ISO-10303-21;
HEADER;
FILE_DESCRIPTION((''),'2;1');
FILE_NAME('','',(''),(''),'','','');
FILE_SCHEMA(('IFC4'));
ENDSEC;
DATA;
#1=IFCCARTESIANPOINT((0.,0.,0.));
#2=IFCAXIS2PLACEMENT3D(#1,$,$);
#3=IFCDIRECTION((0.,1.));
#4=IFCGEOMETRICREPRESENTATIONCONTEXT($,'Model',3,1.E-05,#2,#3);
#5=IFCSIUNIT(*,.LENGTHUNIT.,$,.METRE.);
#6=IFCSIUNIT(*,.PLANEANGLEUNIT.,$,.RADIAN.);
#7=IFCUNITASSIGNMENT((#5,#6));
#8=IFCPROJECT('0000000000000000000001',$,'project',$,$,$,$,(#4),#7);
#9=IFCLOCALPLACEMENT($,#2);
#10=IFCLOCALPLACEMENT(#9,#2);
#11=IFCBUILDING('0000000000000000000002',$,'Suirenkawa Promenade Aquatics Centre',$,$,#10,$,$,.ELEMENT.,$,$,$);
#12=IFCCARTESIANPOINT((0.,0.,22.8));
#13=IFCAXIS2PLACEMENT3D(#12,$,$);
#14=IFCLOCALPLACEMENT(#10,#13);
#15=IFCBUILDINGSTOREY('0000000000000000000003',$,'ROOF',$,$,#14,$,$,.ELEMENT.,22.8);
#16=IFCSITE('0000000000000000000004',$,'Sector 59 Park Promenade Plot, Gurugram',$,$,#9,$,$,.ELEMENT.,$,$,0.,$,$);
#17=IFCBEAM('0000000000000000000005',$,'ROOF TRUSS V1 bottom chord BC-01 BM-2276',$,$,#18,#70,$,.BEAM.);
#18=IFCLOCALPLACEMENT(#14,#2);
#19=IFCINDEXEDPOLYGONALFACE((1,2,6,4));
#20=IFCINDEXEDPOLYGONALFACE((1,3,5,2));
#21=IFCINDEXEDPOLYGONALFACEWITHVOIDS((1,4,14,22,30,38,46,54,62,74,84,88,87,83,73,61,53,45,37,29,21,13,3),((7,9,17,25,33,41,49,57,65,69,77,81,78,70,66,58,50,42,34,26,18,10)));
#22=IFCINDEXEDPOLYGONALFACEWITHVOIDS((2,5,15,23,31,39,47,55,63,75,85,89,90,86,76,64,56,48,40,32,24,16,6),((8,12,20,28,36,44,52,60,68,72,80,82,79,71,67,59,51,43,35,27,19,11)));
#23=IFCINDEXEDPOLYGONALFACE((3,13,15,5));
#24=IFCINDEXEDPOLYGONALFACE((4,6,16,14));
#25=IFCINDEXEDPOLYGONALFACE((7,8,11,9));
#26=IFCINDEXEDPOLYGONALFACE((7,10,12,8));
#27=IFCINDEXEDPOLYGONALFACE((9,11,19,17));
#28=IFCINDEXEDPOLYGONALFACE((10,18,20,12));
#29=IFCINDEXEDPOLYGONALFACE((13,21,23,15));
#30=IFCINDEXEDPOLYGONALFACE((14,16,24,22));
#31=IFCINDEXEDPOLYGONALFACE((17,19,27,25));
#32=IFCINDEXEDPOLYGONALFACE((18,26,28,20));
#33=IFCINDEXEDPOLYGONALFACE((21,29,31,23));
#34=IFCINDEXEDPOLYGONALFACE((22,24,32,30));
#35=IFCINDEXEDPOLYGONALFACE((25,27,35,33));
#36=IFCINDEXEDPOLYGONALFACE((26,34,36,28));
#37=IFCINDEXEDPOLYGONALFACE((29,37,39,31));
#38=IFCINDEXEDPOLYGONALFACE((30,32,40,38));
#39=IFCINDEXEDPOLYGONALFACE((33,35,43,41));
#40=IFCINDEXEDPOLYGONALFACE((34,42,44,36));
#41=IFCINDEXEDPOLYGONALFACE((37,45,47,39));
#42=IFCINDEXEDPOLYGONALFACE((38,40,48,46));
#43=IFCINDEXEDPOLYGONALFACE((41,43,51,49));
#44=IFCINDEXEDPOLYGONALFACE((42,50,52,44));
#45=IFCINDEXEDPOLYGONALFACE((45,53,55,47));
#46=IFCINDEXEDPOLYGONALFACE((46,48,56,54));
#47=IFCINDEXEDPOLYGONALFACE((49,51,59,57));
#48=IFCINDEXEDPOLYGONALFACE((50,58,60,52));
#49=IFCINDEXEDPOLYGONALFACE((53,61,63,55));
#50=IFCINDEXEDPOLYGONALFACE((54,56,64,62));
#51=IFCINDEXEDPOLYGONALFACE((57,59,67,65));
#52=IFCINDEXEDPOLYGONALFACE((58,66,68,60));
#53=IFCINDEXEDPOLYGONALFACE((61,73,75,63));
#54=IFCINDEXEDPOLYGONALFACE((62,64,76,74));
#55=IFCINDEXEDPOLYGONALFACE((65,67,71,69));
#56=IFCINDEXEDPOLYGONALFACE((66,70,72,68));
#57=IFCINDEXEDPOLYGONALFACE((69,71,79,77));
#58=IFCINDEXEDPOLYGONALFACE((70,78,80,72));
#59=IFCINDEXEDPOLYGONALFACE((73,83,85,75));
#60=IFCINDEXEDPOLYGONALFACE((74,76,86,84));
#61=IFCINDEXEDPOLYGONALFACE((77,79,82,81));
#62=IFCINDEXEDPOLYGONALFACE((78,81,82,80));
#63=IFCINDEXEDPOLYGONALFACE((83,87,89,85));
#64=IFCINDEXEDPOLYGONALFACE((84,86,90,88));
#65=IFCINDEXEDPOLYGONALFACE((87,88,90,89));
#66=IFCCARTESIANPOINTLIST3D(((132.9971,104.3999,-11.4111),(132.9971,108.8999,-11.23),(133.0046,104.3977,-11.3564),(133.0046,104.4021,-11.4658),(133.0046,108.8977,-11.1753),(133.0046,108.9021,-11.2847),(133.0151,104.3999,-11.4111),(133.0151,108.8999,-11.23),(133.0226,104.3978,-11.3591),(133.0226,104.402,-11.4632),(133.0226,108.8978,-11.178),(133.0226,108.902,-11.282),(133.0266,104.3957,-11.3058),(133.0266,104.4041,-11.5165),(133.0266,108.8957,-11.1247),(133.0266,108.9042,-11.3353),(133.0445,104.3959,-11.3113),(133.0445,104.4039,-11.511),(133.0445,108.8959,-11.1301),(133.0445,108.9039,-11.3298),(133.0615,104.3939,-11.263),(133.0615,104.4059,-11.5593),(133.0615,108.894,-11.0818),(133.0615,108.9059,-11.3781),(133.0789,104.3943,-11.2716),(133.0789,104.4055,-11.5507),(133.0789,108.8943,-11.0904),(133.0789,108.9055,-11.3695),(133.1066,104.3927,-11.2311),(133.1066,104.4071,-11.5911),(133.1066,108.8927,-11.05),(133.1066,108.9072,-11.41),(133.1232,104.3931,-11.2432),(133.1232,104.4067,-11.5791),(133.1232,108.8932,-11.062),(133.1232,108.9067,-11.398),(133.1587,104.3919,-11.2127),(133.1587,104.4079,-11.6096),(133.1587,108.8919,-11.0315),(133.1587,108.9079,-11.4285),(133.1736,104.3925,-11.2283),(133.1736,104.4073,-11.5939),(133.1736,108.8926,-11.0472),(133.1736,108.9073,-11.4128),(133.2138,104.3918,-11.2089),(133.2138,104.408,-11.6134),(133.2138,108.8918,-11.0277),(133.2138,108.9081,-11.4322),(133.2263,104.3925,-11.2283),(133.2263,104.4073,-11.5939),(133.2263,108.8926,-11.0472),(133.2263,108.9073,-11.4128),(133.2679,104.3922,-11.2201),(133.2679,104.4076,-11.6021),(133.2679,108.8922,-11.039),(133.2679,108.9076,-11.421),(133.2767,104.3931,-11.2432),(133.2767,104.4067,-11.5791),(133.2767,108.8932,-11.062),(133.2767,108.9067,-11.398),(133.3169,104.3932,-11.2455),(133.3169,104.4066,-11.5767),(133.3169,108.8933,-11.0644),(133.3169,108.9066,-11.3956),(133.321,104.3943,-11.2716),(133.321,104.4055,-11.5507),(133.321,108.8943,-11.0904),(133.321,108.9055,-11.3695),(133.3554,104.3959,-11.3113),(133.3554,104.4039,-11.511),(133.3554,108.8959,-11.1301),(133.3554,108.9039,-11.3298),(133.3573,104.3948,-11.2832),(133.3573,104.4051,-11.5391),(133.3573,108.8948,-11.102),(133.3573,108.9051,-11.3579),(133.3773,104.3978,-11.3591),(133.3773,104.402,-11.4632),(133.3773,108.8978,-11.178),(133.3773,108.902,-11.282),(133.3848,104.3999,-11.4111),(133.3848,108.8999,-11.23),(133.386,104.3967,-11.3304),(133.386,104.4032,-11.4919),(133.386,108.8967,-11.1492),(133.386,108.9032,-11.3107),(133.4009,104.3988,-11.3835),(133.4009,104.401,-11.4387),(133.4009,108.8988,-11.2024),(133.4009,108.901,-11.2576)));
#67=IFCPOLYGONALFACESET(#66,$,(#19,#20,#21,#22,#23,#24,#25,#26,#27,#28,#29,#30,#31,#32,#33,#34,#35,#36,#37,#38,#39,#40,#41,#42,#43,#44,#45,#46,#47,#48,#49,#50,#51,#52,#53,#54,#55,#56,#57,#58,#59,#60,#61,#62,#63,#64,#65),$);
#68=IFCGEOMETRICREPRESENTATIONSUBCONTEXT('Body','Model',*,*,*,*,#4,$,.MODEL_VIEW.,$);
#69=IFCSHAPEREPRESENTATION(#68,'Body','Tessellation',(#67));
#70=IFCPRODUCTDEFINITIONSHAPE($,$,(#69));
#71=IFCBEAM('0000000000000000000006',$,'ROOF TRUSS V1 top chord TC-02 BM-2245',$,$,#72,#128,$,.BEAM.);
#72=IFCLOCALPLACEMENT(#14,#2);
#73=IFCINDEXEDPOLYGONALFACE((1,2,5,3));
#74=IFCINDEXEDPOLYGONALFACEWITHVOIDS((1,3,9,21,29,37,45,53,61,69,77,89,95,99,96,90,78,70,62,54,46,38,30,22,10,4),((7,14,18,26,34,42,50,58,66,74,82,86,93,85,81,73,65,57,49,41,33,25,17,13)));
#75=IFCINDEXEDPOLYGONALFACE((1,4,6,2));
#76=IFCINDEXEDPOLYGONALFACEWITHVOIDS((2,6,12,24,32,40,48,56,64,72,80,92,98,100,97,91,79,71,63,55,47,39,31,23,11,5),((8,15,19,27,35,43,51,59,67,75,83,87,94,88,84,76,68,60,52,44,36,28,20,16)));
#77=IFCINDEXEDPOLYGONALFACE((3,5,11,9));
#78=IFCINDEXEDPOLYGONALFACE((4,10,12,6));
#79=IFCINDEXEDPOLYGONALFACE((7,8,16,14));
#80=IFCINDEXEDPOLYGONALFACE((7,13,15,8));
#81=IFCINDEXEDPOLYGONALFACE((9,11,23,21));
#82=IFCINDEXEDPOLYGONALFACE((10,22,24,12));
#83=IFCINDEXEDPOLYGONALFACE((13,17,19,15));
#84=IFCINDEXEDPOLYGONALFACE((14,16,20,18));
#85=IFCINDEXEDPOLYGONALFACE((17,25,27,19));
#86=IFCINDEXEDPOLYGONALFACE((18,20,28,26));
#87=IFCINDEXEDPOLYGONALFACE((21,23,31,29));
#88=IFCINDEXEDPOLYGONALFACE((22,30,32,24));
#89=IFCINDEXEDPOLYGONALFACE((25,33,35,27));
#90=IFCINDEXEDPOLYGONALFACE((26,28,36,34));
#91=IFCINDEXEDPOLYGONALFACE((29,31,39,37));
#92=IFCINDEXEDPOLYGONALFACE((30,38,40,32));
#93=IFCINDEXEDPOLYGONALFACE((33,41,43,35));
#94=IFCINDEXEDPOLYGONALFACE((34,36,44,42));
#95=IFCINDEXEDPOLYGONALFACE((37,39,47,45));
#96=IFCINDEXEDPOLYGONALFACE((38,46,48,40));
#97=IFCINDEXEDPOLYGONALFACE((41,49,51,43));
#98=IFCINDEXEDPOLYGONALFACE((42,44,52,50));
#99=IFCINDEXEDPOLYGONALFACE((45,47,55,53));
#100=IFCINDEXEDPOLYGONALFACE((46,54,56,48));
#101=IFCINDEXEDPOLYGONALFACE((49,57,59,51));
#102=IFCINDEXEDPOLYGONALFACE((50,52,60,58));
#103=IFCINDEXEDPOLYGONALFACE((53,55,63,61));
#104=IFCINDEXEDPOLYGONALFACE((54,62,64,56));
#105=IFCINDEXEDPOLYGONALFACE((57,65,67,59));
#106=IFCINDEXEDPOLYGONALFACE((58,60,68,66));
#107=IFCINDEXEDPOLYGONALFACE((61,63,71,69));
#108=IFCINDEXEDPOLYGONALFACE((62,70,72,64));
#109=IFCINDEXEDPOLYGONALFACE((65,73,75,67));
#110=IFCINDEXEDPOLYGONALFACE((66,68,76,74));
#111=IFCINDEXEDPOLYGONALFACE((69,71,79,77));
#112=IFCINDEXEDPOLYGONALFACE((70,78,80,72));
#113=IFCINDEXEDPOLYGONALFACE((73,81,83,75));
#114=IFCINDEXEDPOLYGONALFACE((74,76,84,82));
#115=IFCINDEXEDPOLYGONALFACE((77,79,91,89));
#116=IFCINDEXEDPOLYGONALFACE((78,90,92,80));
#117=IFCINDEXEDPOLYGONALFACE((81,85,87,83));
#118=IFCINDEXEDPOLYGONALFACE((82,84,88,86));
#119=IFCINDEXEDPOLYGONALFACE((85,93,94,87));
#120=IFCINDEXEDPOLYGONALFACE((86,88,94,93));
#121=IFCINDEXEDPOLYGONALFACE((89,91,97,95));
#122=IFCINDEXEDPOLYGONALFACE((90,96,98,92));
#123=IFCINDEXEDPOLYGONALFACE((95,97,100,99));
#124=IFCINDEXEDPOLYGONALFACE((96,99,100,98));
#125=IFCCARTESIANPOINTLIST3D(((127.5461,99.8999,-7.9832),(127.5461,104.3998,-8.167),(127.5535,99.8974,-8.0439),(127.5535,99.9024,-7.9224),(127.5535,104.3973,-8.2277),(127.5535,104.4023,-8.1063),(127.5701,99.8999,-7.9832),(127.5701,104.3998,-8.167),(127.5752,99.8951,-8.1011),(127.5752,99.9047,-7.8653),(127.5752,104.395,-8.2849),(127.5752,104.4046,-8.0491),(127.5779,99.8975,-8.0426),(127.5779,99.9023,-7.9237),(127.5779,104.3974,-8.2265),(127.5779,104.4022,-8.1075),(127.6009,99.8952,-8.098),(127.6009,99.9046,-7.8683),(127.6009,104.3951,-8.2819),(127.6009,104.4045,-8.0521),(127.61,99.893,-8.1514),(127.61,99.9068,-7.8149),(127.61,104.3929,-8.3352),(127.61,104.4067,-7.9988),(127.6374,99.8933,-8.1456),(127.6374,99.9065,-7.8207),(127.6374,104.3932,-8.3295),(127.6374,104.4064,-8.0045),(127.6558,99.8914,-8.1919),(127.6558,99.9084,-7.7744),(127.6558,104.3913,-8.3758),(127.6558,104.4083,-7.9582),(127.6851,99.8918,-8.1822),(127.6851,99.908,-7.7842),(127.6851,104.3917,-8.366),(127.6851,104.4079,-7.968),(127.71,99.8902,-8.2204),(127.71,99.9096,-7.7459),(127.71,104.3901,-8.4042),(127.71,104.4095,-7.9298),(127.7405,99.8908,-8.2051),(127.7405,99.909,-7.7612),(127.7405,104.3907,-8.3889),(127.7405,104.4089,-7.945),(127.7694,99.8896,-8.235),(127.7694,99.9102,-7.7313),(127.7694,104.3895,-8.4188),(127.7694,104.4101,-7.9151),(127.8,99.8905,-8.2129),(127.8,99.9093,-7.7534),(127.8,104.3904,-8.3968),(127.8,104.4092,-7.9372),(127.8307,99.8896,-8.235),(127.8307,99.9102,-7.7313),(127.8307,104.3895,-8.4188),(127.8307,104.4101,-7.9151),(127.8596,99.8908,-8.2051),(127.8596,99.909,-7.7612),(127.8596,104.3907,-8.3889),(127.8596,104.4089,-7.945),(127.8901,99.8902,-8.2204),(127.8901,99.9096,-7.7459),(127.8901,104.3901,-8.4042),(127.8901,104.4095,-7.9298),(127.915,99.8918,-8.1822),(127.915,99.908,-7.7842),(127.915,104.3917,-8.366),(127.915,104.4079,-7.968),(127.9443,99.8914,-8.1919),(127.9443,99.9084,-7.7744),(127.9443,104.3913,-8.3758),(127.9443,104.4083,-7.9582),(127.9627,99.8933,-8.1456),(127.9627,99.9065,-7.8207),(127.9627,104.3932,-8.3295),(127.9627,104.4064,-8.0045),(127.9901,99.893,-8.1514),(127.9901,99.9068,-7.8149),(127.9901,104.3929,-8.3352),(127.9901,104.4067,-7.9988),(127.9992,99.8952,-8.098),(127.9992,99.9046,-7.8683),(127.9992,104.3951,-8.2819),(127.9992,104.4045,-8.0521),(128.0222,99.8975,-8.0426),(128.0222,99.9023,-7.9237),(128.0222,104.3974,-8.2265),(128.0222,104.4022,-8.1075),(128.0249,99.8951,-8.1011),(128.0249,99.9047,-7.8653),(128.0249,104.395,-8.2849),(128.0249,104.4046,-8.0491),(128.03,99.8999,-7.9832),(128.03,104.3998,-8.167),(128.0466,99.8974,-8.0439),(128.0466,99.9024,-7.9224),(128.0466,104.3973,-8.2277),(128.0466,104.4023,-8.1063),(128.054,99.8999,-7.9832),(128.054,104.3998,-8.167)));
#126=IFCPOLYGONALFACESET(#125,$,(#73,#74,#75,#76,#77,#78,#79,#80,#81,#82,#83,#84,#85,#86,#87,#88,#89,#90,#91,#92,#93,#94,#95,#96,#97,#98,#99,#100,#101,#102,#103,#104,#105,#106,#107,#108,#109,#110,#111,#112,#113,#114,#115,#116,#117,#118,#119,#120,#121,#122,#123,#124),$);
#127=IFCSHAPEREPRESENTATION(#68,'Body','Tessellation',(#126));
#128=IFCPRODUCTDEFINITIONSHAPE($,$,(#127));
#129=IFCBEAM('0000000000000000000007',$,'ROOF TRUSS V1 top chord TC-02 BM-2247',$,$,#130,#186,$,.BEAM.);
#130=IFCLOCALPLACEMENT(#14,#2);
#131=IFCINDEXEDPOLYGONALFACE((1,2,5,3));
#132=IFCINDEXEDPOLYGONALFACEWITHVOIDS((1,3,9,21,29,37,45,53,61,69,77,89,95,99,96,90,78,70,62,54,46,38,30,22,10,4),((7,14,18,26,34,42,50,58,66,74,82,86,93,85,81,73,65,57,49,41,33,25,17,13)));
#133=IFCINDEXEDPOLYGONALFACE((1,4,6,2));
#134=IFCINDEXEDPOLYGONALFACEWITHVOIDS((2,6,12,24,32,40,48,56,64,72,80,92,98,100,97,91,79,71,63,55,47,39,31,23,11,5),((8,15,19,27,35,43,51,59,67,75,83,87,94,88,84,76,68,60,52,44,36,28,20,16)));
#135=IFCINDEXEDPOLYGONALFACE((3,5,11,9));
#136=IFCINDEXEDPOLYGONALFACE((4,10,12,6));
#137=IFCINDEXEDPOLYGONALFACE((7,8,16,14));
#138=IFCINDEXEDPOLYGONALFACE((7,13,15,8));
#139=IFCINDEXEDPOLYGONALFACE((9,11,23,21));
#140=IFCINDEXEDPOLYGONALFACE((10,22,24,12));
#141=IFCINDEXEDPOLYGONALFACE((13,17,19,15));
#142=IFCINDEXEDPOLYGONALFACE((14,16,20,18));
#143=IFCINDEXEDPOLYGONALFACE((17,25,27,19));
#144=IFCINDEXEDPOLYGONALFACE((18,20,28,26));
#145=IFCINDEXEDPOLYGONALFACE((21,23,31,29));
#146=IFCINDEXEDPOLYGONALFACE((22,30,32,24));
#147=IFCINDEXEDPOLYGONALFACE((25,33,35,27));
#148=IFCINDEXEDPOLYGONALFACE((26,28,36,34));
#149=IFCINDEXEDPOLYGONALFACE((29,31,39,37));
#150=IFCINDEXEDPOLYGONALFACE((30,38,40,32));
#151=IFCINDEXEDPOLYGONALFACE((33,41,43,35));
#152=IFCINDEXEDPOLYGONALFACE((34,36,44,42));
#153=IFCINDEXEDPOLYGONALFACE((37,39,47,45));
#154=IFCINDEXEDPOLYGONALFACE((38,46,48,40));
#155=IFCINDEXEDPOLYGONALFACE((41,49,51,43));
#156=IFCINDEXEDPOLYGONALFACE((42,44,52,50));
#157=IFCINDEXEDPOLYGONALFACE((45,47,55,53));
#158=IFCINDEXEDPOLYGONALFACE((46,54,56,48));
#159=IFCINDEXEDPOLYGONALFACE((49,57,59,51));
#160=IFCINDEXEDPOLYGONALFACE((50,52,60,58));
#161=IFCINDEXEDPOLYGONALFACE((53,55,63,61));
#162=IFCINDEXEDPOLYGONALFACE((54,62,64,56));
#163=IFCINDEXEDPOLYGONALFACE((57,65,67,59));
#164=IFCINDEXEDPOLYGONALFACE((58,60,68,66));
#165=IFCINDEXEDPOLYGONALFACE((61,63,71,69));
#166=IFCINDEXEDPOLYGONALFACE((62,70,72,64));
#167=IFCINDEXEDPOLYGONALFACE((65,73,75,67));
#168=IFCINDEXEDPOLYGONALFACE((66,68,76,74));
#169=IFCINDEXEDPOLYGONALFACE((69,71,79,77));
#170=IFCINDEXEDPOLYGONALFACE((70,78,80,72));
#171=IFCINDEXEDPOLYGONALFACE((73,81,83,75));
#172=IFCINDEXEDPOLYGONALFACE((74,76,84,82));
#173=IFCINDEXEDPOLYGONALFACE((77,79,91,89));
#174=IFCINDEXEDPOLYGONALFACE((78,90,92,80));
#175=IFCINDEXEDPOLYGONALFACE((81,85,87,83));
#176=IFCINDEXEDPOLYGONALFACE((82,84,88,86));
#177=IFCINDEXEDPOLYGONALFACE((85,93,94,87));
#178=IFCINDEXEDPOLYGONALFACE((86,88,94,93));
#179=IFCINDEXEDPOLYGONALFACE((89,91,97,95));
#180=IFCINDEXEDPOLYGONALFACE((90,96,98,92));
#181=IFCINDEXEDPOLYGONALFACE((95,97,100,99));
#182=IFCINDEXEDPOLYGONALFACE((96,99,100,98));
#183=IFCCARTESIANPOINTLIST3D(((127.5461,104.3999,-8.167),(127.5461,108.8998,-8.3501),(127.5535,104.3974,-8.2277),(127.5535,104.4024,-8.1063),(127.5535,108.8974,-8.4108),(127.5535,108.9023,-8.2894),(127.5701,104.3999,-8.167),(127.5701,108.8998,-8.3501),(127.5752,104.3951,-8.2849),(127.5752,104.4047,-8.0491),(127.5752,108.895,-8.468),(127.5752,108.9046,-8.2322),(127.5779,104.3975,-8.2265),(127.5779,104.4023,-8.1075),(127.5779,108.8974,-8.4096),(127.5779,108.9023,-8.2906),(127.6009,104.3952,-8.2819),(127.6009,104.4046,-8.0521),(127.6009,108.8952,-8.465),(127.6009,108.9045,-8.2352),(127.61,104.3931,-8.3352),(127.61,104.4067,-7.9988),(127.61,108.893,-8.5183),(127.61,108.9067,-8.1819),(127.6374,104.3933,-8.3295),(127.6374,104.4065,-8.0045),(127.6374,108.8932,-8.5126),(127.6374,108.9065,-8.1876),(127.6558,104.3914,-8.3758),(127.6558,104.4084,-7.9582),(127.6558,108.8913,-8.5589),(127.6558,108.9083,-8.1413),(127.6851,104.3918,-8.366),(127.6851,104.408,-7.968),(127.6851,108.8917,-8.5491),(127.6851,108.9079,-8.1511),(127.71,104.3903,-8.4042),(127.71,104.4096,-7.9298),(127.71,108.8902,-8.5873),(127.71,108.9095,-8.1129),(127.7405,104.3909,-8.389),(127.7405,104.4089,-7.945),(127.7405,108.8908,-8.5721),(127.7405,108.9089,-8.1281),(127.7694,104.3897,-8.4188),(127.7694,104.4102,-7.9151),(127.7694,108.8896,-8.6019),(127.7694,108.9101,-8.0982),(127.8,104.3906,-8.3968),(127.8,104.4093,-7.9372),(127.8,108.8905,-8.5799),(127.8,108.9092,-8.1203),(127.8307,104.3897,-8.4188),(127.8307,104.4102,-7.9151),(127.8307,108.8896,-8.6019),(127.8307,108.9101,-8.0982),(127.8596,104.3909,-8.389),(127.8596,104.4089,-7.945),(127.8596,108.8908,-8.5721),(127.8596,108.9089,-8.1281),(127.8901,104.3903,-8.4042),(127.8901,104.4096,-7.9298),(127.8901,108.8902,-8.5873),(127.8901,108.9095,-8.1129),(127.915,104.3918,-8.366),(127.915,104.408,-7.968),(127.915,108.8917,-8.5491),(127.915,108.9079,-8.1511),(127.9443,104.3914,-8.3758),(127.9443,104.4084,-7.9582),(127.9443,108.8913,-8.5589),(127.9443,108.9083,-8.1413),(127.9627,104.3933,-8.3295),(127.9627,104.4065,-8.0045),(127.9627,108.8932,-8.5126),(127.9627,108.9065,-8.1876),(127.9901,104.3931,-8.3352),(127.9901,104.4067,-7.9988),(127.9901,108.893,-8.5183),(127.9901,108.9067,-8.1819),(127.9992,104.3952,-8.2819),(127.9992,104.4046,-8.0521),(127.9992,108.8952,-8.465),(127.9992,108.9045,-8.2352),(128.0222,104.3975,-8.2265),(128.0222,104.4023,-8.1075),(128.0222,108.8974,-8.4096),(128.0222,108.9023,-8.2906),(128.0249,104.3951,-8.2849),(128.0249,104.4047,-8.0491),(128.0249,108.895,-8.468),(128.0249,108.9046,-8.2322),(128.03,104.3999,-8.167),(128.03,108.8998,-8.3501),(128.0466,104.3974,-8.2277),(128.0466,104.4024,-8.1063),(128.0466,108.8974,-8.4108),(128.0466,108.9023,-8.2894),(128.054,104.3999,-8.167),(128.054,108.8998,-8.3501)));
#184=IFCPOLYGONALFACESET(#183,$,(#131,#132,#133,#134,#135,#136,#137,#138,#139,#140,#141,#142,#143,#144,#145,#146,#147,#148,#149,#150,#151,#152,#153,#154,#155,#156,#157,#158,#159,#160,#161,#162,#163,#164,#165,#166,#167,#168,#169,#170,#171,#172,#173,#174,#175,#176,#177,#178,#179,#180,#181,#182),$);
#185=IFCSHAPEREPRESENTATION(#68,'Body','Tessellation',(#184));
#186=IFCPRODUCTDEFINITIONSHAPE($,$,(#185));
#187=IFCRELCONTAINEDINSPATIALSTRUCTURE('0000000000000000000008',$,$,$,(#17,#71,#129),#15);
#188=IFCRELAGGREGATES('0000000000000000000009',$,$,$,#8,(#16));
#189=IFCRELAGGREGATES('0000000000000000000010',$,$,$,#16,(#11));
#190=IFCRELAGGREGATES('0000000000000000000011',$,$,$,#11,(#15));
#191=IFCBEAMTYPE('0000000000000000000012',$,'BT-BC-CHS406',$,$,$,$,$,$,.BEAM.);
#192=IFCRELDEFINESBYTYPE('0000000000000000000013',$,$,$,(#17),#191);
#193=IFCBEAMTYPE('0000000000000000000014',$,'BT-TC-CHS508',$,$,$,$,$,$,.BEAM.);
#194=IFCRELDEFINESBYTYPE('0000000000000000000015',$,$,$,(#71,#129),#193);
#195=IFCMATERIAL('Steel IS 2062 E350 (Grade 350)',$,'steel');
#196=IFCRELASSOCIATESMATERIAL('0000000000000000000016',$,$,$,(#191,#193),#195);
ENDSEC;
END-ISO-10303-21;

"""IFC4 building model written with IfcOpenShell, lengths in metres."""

from ifc_helpers import new_model, si_unit, direction, frame, origin, origin_2d, place, context, subcontext, project, spatial, hollow_circle, extrude, material, material_profile, profile_set, type_object, element, save


model = new_model("IFC4")

# Units and contexts
model_context = context("Model", 3, precision=1e-05, world=origin(), true_north=direction((0.0, 1.0)))
body_context = subcontext(model_context, "Body", "Model", "MODEL_VIEW")
ifc_project = project(units=[si_unit("LENGTHUNIT", "METRE"), si_unit("PLANEANGLEUNIT", "RADIAN")], contexts=[model_context])

# Site, building, storey
site_placement = place(None, origin())
site = spatial("IfcSite", under=ifc_project, at=site_placement, Name="Sector 59 Park Promenade Plot, Gurugram", CompositionType="ELEMENT", RefElevation=0.0)
building_placement = place(site_placement, origin())
building = spatial("IfcBuilding", under=site, at=building_placement, Name="Suirenkawa Promenade Aquatics Centre", CompositionType="ELEMENT")
storey_placement = place(building_placement, frame((0.0, 0.0, 22.8)))
storey = spatial("IfcBuildingStorey", under=building, at=storey_placement, Name="ROOF", CompositionType="ELEMENT", Elevation=22.8)

# Beams
ifc_material = material(Name="Steel IS 2062 E350 (Grade 350)", Category="steel")
ifc_material_profile_1 = material_profile(ifc_material, hollow_circle(Radius=0.2029, WallThickness=0.0181, at=origin_2d()), Name="CHS 406x18", Category="steel")
ifc_profile_set_1 = profile_set([ifc_material_profile_1], Name="Steel IS 2062 E350 (Grade 350)")
beam_type_1 = type_object("IfcBeamType", Name="BT-BC-CHS406", PredefinedType="BEAM", material=ifc_profile_set_1)
beam_1_placement = place(storey_placement, frame((133.2, 104.3999, -11.4111), z_axis=(0.0, 0.999191, 0.040223), x_axis=(-1.0, 0.0, 0.0)))
element("IfcBeam", 1, at=beam_1_placement, inside=storey, type_object=beam_type_1, Name="ROOF TRUSS V1 bottom chord BC-01 BM-2276", PredefinedType="BEAM", context=body_context, shape_type="SweptSolid", body=[
    extrude(hollow_circle(Radius=0.2029, WallThickness=0.0181, at=origin_2d()), origin(), (0.0, 0.0, 1.0), 4.5037),
])
ifc_material_profile_2 = material_profile(ifc_material, hollow_circle(Radius=0.2539, WallThickness=0.0239, at=origin_2d()), Name="CHS 508x24", Category="steel")
ifc_profile_set_2 = profile_set([ifc_material_profile_2], Name="Steel IS 2062 E350 (Grade 350)")
beam_type_2 = type_object("IfcBeamType", Name="BT-TC-CHS508", PredefinedType="BEAM", material=ifc_profile_set_2)
for number, where, z_axis, x_axis, name in (
    (2, (127.8, 99.8999, -7.9832), (0.0, 0.999167, -0.040819), (-1.0, 0.0, 0.0), "ROOF TRUSS V1 top chord TC-02 BM-2245"),
    (3, (127.8, 104.3999, -8.167), (0.0, 0.999173, -0.040656), (-1.0, 0.0, 0.0), "ROOF TRUSS V1 top chord TC-02 BM-2247"),
):
    element("IfcBeam", number, at=place(storey_placement, frame(where, z_axis=z_axis, x_axis=x_axis)), inside=storey, type_object=beam_type_2, Name=name, PredefinedType="BEAM", context=body_context, shape_type="SweptSolid", body=[
        extrude(hollow_circle(Radius=0.2539, WallThickness=0.0239, at=origin_2d()), origin(), (0.0, 0.0, 1.0), 4.5037),
    ])

save(model, "model.ifc")
